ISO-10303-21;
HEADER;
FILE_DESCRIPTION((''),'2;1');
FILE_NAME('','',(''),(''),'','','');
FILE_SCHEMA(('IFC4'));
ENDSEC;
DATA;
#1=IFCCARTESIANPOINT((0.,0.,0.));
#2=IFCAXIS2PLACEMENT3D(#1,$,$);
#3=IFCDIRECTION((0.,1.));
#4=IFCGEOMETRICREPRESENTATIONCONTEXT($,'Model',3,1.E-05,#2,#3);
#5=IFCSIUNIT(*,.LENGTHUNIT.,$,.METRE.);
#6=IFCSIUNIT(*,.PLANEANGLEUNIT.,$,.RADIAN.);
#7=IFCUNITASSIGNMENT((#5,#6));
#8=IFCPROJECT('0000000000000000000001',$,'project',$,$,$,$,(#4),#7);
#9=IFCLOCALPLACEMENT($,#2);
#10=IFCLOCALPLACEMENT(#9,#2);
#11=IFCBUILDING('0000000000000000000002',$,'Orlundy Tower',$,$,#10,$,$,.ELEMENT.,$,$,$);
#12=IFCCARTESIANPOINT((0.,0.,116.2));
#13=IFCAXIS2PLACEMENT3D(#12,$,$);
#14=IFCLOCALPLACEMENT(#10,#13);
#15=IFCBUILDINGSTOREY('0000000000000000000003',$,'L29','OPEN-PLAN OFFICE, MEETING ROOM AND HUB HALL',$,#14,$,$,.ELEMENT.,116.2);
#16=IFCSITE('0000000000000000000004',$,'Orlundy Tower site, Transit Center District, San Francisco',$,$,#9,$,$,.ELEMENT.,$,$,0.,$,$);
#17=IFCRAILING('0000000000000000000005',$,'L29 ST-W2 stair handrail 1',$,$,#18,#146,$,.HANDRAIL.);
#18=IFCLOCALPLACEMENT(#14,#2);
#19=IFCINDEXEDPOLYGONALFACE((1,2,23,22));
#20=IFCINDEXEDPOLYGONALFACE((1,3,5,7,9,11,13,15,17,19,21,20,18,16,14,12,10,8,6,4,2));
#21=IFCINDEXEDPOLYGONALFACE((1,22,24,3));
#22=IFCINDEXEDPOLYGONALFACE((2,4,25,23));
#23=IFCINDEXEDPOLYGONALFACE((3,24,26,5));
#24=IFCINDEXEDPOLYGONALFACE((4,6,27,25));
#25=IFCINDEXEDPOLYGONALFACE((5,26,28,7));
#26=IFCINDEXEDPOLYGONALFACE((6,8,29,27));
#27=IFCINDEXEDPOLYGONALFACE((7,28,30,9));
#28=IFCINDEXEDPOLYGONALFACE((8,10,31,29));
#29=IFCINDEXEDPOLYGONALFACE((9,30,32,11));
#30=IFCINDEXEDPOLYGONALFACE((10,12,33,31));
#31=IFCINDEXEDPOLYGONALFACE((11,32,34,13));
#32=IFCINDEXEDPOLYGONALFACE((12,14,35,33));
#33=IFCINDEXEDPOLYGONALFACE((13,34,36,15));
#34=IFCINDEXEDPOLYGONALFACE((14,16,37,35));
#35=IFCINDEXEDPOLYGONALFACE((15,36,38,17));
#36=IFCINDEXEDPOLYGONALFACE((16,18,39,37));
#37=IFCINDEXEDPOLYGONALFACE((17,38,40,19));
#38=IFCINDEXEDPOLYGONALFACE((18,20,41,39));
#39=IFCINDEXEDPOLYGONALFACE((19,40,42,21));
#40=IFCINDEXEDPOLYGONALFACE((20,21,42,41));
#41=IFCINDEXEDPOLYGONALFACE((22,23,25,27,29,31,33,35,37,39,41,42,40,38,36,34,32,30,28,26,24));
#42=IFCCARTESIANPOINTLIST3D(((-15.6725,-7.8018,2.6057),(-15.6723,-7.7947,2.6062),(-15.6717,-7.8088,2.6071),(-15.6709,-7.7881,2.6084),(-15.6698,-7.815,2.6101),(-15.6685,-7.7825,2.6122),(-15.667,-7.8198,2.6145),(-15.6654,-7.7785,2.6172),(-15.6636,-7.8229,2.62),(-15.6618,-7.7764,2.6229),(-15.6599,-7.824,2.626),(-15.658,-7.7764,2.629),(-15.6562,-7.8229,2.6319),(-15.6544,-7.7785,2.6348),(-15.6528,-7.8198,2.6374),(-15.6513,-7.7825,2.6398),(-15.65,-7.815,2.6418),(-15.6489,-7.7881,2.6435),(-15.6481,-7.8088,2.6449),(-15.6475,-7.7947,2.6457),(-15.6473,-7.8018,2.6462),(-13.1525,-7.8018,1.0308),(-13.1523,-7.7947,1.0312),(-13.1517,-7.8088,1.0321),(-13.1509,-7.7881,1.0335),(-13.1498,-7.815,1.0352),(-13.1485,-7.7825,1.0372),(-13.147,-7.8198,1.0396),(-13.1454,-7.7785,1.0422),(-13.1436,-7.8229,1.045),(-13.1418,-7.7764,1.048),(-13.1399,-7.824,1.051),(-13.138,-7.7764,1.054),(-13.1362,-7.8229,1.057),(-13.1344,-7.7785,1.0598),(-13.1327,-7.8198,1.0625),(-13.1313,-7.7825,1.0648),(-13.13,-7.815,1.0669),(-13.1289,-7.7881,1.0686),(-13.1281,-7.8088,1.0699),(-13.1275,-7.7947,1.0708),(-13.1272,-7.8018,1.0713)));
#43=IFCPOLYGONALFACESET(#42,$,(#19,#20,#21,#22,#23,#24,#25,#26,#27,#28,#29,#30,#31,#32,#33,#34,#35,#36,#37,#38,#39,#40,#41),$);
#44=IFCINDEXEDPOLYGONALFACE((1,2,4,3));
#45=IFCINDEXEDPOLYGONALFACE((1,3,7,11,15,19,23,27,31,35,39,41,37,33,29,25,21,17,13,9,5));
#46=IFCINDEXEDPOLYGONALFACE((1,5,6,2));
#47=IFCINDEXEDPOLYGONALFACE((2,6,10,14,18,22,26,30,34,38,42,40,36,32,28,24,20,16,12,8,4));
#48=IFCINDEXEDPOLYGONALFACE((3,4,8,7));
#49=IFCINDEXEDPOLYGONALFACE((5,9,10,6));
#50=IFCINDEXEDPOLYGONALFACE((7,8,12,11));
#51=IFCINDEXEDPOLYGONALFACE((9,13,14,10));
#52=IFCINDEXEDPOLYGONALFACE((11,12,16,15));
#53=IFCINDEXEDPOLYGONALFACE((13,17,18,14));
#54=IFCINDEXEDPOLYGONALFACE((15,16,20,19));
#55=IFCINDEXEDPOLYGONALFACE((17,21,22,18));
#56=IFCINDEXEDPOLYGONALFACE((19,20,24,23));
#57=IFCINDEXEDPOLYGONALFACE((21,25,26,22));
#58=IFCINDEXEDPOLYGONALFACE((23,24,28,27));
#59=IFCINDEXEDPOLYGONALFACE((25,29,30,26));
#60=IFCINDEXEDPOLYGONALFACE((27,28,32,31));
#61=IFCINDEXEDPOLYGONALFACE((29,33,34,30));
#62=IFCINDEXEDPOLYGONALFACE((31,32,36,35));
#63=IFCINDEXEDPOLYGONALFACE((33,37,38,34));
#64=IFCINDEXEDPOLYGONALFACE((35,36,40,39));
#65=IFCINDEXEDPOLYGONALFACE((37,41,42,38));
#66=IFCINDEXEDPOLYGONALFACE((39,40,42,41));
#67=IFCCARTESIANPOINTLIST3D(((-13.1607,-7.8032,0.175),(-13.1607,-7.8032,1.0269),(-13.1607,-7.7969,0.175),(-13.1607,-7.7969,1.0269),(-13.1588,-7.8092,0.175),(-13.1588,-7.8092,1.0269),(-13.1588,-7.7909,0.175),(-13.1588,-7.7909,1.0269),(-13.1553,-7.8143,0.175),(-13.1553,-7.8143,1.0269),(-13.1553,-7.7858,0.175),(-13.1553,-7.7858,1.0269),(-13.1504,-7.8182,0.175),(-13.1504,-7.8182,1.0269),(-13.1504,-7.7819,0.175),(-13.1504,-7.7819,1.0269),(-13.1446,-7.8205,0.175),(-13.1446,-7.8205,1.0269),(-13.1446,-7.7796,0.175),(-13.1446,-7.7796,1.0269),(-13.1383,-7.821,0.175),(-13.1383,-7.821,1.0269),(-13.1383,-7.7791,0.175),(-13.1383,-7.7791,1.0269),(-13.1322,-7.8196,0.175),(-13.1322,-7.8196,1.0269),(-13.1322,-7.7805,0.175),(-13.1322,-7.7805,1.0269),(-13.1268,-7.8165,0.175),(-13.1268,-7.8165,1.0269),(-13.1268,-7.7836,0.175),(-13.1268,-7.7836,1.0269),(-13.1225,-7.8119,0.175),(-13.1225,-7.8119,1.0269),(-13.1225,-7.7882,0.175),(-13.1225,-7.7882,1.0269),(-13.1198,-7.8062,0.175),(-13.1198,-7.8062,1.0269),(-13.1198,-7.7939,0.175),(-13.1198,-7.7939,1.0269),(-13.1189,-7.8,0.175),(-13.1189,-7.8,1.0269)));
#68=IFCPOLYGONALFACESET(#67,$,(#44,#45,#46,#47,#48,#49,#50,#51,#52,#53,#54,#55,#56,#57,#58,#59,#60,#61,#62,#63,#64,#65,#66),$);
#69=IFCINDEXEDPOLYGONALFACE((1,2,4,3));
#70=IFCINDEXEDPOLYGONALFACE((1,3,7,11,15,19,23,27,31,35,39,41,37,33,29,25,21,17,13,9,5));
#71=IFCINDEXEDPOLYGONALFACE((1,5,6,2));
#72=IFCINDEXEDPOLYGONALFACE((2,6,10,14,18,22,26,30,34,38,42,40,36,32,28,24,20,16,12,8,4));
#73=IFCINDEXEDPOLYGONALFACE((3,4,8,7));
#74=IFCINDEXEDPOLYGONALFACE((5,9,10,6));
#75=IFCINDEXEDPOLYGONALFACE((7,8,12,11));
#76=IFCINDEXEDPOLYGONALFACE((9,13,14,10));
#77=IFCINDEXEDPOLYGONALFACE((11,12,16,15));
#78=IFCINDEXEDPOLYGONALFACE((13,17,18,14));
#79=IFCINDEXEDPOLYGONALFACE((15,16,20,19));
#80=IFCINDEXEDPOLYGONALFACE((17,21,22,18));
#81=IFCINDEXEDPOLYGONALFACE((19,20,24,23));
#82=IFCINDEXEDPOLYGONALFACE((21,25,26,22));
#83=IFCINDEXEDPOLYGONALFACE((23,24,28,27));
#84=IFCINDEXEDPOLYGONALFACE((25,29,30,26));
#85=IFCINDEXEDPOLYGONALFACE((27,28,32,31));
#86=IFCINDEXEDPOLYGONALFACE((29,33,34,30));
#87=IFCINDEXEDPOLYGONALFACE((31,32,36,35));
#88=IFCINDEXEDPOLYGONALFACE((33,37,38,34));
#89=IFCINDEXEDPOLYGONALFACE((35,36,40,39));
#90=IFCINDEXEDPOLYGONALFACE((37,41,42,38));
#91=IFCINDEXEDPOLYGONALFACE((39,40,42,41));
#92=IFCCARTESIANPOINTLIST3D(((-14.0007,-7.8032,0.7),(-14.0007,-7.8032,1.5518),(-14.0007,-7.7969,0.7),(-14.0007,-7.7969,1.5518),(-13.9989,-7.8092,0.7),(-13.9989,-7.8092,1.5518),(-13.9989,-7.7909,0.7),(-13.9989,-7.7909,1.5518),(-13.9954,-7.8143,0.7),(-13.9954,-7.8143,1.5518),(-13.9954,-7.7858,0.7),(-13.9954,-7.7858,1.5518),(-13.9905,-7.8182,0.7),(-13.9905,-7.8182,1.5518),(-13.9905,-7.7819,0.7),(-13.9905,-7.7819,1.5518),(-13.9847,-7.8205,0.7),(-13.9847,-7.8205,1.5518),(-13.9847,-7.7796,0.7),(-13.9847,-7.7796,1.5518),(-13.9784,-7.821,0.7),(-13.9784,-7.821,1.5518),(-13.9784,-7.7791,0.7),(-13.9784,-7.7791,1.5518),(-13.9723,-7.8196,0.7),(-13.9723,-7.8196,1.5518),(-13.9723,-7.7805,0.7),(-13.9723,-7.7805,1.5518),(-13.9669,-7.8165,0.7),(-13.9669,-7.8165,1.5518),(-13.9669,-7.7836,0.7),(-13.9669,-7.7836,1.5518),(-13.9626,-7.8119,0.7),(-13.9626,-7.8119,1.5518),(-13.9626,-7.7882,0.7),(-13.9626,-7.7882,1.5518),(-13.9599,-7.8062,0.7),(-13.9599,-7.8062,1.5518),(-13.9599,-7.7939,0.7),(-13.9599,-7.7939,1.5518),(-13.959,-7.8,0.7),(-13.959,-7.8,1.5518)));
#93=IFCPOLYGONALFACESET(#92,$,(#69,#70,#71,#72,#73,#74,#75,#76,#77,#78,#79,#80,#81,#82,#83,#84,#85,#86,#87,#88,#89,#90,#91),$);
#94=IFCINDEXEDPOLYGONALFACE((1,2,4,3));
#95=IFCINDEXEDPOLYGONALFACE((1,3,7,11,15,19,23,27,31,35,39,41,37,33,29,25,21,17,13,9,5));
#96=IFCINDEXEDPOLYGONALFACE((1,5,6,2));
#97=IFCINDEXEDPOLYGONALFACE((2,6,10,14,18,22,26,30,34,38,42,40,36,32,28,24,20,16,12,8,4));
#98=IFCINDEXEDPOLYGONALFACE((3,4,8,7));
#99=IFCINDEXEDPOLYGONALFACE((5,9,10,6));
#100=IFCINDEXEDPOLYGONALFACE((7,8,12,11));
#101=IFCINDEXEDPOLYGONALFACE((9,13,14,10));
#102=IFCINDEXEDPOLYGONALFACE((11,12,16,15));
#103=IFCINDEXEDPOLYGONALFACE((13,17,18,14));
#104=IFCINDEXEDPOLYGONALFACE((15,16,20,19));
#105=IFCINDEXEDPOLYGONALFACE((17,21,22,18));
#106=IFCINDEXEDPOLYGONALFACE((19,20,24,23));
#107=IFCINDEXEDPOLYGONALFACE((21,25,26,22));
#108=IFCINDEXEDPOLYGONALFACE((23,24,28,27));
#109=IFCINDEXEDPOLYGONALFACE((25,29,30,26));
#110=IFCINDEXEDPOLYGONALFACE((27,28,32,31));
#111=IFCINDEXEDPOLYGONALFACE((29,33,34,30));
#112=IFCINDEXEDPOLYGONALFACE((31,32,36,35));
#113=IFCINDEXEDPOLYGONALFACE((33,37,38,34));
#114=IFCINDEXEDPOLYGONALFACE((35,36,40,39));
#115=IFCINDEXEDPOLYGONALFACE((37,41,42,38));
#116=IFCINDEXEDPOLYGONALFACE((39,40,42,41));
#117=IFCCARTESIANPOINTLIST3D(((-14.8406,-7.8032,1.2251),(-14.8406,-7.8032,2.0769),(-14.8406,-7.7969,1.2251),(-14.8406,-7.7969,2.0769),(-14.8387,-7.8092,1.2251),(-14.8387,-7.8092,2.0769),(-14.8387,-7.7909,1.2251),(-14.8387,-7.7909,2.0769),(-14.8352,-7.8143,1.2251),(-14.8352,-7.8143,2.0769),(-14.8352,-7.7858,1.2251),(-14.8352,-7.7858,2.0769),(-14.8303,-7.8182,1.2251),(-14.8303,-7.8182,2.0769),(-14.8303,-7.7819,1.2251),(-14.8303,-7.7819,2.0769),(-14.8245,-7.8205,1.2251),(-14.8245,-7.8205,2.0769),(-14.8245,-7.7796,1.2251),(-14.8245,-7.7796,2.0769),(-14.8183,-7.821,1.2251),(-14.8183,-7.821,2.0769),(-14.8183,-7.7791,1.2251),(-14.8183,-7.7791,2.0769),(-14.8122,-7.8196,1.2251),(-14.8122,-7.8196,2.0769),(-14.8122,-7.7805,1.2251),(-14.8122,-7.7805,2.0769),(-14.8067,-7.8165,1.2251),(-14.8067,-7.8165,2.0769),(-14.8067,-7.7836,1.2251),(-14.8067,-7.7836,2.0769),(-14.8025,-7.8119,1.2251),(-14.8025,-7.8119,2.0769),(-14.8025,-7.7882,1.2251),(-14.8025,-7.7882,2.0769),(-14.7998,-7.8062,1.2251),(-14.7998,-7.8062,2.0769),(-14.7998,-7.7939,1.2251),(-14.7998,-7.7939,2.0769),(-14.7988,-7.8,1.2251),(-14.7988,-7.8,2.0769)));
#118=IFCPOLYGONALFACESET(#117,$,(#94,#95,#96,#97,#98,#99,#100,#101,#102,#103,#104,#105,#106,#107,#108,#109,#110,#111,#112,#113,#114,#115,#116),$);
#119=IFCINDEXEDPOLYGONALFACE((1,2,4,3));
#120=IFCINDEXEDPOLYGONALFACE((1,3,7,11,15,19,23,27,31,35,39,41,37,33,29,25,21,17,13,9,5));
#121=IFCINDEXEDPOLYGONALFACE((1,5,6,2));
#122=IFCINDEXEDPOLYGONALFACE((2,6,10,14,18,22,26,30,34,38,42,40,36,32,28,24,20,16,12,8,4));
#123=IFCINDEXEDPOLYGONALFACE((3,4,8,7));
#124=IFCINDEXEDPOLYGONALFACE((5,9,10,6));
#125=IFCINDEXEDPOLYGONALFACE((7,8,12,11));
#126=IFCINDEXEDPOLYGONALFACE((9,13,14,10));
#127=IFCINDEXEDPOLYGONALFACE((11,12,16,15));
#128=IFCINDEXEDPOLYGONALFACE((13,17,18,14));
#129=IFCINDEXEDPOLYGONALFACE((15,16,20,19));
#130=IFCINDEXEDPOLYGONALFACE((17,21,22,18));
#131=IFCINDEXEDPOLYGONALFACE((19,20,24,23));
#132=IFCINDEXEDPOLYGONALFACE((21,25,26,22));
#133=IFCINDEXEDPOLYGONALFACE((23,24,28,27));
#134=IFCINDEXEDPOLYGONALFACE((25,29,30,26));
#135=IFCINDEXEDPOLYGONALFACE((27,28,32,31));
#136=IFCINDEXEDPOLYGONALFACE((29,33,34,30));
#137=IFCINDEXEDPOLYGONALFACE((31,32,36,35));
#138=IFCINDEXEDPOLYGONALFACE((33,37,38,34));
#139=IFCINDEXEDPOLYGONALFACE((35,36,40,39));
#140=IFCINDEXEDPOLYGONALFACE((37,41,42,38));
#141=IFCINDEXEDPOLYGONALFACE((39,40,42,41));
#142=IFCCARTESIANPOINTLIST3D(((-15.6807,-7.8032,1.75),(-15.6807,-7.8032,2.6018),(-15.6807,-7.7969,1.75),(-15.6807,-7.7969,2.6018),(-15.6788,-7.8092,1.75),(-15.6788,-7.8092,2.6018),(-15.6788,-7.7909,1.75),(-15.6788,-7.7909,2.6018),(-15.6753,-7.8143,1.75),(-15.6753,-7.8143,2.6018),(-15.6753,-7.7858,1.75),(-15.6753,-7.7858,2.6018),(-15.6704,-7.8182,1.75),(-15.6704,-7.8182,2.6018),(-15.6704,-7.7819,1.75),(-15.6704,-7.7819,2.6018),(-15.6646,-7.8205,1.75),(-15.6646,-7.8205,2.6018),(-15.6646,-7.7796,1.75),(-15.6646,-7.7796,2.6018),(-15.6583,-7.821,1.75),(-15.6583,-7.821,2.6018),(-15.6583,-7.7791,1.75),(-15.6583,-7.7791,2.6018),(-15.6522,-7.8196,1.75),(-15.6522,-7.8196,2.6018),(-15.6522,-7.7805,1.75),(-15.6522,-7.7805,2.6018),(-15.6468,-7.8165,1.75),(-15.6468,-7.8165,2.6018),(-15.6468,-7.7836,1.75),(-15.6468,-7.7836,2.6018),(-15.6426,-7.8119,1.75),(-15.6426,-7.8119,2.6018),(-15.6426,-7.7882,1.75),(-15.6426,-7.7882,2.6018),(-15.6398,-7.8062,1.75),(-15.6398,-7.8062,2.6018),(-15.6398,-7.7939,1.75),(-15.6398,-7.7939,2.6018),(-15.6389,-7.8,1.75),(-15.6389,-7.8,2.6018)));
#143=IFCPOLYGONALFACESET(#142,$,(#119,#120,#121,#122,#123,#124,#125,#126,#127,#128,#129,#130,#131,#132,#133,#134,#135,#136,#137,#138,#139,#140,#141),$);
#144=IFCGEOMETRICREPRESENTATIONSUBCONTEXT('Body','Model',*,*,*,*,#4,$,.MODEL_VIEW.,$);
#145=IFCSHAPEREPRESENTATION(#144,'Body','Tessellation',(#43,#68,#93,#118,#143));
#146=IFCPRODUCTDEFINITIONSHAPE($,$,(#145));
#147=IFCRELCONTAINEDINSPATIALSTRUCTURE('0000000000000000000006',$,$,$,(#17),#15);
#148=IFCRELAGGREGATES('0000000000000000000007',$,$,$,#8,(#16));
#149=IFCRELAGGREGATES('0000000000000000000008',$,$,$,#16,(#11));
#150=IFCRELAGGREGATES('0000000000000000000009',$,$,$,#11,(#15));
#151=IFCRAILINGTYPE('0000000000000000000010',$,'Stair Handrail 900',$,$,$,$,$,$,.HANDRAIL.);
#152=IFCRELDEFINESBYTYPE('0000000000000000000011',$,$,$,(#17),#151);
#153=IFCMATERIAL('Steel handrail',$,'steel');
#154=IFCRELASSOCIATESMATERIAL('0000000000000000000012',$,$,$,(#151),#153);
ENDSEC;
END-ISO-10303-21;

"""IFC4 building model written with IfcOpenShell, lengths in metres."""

from ifc_helpers import new_model, si_unit, direction, frame, origin, origin_2d, place, context, subcontext, project, spatial, circle, extrude, material, type_object, element, save


model = new_model("IFC4")

# Units and contexts
model_context = context("Model", 3, precision=1e-05, world=origin(), true_north=direction((0.0, 1.0)))
body_context = subcontext(model_context, "Body", "Model", "MODEL_VIEW")
ifc_project = project(units=[si_unit("LENGTHUNIT", "METRE"), si_unit("PLANEANGLEUNIT", "RADIAN")], contexts=[model_context])

# Site, building, storey
site_placement = place(None, origin())
site = spatial("IfcSite", under=ifc_project, at=site_placement, Name="Orlundy Tower site, Transit Center District, San Francisco", CompositionType="ELEMENT", RefElevation=0.0)
building_placement = place(site_placement, origin())
building = spatial("IfcBuilding", under=site, at=building_placement, Name="Orlundy Tower", CompositionType="ELEMENT")
storey_placement = place(building_placement, frame((0.0, 0.0, 116.2)))
storey = spatial("IfcBuildingStorey", under=building, at=storey_placement, Name="L29", Description="OPEN-PLAN OFFICE, MEETING ROOM AND HUB HALL", CompositionType="ELEMENT", Elevation=116.2)

# Railing
ifc_material_1 = material(Name="Steel handrail", Category="steel")
railing_type_1 = type_object("IfcRailingType", Name="Stair Handrail 900", PredefinedType="HANDRAIL", material=ifc_material_1)
railing_1_placement = place(storey_placement, frame((-13.1399, -7.8, 0.175)))
element("IfcRailing", 1, at=railing_1_placement, inside=storey, type_object=railing_type_1, Name="L29 ST-W2 stair handrail 1", PredefinedType="HANDRAIL", context=body_context, shape_type="SweptSolid", body=[
    extrude(circle(Radius=0.0239, at=origin_2d()), frame((0.0, 0.0, 0.876), z_axis=(-0.848008, 0.0, 0.529984), x_axis=(0.0, -1.0, 0.0)), (0.0, 0.0, 1.0), 2.9717),
    extrude(circle(Radius=0.021, at=origin_2d()), origin(), (0.0, 0.0, 1.0), 0.8518),
    extrude(circle(Radius=0.021, at=origin_2d()), frame((-0.8401, 0.0, 0.5249)), (0.0, 0.0, 1.0), 0.8518),
    extrude(circle(Radius=0.021, at=origin_2d()), frame((-1.6799, 0.0, 1.05)), (0.0, 0.0, 1.0), 0.8518),
    extrude(circle(Radius=0.021, at=origin_2d()), frame((-2.52, 0.0, 1.575)), (0.0, 0.0, 1.0), 0.8518),
])

save(model, "model.ifc")
